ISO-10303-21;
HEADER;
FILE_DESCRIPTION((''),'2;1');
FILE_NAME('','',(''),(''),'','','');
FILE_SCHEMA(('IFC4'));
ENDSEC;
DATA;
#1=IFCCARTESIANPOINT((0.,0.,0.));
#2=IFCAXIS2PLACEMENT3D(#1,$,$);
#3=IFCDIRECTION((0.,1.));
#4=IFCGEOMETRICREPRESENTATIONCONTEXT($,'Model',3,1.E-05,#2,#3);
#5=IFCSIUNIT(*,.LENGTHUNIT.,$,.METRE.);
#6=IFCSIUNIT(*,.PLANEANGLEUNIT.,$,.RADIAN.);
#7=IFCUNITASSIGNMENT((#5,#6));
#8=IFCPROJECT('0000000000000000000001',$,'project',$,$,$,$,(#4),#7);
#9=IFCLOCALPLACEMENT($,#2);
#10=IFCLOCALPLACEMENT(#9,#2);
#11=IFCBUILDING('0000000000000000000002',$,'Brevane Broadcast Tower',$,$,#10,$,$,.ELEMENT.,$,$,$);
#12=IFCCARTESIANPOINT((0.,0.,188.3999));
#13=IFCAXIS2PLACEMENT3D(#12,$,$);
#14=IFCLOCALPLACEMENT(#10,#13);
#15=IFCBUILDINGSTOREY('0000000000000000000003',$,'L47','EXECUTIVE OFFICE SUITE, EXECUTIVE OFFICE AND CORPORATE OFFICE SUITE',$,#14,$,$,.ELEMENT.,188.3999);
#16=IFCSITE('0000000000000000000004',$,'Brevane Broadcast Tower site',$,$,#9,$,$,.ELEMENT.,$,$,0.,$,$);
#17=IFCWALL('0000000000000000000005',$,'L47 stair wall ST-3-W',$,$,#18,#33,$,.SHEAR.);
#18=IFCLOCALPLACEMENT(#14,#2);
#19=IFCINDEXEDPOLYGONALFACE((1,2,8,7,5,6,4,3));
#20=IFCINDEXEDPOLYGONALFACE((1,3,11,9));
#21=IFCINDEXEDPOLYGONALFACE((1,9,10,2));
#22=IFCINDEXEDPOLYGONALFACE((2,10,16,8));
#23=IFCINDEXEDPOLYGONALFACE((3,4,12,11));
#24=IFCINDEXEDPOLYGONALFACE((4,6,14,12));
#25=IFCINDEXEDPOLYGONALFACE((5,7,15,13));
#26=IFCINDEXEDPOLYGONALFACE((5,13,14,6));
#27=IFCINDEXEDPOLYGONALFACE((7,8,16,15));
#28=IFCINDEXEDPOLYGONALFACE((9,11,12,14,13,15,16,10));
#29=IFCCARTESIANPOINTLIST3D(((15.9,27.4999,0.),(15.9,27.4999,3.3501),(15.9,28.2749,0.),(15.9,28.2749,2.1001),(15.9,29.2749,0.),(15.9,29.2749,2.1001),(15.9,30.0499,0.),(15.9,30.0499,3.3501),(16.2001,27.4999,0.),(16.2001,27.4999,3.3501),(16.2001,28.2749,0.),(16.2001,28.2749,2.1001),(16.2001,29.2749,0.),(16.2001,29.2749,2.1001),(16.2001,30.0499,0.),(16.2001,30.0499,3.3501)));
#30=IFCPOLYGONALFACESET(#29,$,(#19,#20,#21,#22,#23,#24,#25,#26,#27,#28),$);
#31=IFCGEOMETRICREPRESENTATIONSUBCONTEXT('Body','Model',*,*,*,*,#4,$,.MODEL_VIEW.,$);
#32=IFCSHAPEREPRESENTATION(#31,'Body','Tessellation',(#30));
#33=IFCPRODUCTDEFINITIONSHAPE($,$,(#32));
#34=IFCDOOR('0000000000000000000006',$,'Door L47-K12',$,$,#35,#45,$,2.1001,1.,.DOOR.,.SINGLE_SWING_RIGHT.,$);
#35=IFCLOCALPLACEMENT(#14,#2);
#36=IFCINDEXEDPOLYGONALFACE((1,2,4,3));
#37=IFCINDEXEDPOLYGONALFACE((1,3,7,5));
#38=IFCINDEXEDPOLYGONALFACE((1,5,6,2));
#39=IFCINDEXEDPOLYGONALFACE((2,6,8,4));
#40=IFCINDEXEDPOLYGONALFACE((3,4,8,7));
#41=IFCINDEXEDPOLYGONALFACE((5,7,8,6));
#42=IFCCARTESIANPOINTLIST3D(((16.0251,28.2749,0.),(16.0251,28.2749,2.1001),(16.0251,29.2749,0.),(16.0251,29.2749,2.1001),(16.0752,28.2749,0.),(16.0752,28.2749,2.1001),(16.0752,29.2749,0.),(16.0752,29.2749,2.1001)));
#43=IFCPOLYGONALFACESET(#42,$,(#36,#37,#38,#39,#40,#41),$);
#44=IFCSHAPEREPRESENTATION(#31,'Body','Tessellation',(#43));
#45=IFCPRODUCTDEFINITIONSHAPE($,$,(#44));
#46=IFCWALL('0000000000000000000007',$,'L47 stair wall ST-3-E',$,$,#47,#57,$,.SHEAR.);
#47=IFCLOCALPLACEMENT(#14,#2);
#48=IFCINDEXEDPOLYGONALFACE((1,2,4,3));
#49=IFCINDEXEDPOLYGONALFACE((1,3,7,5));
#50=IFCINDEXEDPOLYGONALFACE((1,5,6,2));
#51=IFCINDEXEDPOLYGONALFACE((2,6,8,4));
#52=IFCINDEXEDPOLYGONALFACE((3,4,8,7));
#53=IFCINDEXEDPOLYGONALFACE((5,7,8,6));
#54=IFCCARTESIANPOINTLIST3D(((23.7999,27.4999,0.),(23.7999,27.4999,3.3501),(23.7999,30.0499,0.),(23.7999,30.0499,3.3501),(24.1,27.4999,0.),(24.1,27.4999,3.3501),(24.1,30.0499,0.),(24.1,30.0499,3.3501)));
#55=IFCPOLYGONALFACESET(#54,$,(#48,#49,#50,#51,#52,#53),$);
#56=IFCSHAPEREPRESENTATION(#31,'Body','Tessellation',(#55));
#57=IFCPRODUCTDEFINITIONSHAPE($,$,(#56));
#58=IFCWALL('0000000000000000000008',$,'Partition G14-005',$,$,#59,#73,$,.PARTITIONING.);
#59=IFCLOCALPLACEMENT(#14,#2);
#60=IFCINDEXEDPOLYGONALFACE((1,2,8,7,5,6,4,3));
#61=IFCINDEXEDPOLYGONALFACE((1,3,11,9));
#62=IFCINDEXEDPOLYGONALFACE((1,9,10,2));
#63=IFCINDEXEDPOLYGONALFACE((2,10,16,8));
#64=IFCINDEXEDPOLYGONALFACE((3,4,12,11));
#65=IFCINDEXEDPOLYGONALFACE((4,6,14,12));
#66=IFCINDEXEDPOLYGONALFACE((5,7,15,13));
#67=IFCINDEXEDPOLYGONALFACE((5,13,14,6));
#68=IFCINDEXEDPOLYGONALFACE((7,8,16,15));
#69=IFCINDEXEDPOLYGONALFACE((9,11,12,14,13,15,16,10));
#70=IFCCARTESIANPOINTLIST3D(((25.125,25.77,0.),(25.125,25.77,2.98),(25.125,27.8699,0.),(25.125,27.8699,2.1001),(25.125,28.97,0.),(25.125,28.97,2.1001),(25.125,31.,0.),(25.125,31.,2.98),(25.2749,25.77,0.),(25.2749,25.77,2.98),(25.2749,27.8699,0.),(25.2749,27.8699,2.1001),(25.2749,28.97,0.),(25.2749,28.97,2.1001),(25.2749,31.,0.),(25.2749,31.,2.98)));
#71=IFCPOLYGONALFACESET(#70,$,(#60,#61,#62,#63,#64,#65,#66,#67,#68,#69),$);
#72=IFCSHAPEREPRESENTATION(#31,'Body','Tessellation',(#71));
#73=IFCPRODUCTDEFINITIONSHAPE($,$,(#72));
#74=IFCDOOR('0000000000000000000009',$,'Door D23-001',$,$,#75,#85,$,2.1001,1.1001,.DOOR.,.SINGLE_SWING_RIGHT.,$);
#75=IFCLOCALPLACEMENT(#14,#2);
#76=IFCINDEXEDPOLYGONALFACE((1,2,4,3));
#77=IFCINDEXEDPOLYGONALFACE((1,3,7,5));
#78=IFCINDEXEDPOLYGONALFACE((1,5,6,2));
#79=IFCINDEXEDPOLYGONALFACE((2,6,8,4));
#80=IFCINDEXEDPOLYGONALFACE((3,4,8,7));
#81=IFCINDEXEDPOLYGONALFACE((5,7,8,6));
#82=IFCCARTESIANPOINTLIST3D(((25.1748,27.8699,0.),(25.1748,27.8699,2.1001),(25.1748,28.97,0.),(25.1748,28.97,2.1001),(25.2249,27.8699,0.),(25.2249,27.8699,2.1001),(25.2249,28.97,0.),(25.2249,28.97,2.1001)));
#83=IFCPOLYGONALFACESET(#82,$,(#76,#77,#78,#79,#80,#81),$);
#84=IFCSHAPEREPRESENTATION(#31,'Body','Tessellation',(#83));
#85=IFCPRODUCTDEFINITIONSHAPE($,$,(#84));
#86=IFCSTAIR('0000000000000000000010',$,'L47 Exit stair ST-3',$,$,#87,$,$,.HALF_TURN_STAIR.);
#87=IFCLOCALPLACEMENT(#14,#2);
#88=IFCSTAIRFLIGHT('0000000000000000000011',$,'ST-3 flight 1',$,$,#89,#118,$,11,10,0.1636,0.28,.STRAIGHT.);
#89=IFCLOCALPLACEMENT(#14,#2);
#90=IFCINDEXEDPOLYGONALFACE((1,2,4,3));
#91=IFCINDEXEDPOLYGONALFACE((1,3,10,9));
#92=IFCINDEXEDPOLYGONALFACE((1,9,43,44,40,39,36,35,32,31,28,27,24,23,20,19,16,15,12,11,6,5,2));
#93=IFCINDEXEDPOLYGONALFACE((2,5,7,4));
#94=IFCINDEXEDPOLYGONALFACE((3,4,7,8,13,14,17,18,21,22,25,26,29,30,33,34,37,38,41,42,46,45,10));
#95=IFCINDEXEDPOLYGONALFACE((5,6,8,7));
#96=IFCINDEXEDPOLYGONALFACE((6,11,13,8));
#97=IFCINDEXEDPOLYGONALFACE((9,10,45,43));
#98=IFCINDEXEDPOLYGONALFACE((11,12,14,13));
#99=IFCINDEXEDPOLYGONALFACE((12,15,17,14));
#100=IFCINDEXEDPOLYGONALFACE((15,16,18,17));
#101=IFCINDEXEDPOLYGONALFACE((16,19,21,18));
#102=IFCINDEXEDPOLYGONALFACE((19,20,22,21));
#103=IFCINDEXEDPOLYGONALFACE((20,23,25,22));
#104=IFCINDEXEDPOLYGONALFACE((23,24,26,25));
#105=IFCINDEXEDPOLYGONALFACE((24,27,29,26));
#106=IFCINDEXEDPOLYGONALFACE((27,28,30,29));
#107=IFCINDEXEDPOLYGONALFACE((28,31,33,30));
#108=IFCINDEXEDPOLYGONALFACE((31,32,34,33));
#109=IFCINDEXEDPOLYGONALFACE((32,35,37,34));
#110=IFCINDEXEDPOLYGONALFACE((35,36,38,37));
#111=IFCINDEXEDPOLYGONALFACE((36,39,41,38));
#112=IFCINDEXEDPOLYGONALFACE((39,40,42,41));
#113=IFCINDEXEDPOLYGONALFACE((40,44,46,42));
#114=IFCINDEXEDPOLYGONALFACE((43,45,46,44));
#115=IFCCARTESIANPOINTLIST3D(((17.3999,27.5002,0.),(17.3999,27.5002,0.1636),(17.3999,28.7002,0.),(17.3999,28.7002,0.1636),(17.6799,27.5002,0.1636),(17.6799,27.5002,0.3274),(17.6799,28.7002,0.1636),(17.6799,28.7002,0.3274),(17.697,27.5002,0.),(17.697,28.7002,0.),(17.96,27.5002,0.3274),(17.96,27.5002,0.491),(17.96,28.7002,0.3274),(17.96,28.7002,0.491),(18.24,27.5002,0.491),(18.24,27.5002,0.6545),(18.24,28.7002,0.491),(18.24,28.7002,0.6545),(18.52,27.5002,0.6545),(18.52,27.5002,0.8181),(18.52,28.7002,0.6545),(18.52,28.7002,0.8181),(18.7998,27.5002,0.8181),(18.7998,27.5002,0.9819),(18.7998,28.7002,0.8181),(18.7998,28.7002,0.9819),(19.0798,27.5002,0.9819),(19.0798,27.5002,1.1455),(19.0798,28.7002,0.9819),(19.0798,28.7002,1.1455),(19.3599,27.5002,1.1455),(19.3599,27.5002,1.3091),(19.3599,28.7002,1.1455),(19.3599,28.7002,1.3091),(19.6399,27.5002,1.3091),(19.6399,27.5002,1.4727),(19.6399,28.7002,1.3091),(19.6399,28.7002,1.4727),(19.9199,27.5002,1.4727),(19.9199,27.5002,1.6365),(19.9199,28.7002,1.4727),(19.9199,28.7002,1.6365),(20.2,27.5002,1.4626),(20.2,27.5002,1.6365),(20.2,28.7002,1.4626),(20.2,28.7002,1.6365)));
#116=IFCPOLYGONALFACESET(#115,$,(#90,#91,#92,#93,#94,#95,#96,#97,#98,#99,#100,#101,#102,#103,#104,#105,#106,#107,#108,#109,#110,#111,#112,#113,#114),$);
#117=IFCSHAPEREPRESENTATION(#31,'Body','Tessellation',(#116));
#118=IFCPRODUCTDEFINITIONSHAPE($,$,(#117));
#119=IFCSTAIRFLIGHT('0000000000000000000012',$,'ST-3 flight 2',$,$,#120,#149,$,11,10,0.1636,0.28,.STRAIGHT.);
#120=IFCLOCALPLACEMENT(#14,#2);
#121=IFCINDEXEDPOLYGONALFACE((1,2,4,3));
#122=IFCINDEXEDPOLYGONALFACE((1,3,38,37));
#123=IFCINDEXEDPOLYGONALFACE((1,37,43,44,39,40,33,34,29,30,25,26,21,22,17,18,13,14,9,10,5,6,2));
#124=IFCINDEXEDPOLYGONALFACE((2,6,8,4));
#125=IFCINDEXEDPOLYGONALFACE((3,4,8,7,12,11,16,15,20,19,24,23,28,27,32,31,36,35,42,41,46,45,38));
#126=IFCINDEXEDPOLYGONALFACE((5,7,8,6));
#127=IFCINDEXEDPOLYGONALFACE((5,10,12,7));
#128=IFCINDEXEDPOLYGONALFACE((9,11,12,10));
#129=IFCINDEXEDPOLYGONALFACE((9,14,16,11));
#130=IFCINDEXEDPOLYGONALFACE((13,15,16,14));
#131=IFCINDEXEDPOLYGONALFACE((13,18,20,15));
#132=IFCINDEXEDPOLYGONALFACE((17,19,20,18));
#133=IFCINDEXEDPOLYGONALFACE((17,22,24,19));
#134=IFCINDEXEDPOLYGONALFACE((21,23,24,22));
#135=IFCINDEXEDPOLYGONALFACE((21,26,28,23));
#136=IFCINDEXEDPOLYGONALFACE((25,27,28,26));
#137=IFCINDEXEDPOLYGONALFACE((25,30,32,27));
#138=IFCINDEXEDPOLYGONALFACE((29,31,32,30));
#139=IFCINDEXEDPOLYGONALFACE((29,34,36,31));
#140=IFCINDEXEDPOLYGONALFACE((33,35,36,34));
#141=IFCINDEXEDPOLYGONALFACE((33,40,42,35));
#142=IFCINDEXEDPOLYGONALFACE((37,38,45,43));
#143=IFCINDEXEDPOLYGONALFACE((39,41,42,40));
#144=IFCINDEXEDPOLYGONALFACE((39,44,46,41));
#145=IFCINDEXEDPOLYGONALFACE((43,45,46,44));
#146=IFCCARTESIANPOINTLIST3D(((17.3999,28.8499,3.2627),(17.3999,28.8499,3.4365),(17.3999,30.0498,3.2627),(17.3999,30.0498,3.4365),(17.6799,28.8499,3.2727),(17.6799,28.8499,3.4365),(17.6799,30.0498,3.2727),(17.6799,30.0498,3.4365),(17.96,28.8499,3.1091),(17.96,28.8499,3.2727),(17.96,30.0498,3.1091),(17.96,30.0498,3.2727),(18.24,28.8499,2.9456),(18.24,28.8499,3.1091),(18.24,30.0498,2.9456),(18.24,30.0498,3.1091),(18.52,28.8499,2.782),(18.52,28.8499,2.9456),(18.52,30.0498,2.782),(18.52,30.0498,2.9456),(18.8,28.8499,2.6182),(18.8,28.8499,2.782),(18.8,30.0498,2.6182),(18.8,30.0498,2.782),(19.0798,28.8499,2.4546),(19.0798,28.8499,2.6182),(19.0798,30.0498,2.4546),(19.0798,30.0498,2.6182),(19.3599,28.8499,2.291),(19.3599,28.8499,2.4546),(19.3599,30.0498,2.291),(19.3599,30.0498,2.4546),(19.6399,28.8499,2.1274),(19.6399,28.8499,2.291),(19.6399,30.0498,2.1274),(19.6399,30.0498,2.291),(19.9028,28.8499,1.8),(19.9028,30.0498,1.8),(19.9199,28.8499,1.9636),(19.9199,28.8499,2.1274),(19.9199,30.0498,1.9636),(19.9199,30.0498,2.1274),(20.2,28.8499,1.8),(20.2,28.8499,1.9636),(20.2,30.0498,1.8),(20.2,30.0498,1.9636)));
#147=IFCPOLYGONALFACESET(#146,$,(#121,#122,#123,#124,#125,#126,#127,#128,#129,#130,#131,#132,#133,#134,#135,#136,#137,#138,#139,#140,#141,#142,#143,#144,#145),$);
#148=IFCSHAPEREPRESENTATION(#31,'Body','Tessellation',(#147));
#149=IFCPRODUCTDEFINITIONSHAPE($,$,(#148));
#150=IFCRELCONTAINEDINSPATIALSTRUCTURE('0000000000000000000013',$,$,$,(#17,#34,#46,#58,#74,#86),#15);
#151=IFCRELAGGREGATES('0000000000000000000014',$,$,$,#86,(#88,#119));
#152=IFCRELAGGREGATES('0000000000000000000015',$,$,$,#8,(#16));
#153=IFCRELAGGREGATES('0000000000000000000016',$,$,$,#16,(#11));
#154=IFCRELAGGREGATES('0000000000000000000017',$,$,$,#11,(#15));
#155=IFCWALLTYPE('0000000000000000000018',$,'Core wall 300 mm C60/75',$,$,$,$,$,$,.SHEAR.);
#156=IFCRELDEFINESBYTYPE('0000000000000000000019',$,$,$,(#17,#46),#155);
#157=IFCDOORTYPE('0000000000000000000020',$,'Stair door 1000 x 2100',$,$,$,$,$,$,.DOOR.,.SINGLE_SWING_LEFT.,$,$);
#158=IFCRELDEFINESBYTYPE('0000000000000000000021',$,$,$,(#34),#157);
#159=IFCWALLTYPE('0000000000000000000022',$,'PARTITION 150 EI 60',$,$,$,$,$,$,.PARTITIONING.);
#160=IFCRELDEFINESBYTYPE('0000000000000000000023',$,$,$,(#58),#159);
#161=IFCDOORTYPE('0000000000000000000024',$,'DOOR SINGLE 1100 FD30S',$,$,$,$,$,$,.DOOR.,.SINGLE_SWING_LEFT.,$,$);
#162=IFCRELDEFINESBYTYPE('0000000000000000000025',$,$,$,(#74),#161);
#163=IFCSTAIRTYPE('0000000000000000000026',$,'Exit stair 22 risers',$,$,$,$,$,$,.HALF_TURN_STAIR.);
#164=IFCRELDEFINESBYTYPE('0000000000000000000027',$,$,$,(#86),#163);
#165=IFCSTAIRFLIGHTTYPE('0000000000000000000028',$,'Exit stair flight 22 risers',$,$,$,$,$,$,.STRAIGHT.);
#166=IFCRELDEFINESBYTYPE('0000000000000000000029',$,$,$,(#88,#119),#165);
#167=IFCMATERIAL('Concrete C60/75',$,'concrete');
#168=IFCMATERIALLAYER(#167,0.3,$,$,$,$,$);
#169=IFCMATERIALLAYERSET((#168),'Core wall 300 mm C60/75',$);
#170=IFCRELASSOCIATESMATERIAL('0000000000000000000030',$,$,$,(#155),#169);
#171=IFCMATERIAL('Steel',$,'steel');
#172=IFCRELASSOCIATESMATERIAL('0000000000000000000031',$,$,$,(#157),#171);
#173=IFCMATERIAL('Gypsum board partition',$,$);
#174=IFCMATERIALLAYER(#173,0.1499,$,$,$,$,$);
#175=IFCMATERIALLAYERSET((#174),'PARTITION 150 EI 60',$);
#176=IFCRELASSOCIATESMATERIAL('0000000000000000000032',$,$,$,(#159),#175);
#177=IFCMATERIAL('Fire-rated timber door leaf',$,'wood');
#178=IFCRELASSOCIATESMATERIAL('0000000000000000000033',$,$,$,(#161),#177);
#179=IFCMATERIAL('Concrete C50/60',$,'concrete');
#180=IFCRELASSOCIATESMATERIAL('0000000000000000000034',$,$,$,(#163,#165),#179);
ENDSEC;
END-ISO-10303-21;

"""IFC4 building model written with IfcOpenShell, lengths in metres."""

from ifc_helpers import new_model, si_unit, direction, frame, frame_2d, origin, place, context, subcontext, project, spatial, polyline, rectangle, outline, extrude, material, layer, layer_set, type_object, element, fill, aggregate, save


model = new_model("IFC4")

# Units and contexts
model_context = context("Model", 3, precision=1e-05, world=origin(), true_north=direction((0.0, 1.0)))
body_context = subcontext(model_context, "Body", "Model", "MODEL_VIEW")
ifc_project = project(units=[si_unit("LENGTHUNIT", "METRE"), si_unit("PLANEANGLEUNIT", "RADIAN")], contexts=[model_context])

# Site, building, storey
site_placement = place(None, origin())
site = spatial("IfcSite", under=ifc_project, at=site_placement, Name="Brevane Broadcast Tower site", CompositionType="ELEMENT", RefElevation=0.0)
building_placement = place(site_placement, origin())
building = spatial("IfcBuilding", under=site, at=building_placement, Name="Brevane Broadcast Tower", CompositionType="ELEMENT")
storey_placement = place(building_placement, frame((0.0, 0.0, 188.3999)))
storey = spatial("IfcBuildingStorey", under=building, at=storey_placement, Name="L47", Description="EXECUTIVE OFFICE SUITE, EXECUTIVE OFFICE AND CORPORATE OFFICE SUITE", CompositionType="ELEMENT", Elevation=188.3999)

# Shared definitions
ifc_material_1 = material(Name="Concrete C60/75", Category="concrete")

# Wall, opening, door
ifc_layer_1 = layer(ifc_material_1, 0.3)
ifc_layer_set_1 = layer_set([ifc_layer_1], Name="Core wall 300 mm C60/75")
wall_type_1 = type_object("IfcWallType", Name="Core wall 300 mm C60/75", PredefinedType="SHEAR", material=ifc_layer_set_1)
wall_1_placement = place(storey_placement, frame((16.05, 27.5, 0.0), z_axis=(0.0, 0.0, 1.0), x_axis=(0.0, 1.0, 0.0)))
wall_1 = element("IfcWall", 1, at=wall_1_placement, inside=storey, type_object=wall_type_1, Name="L47 stair wall ST-3-W", PredefinedType="SHEAR", context=body_context, shape_type="SweptSolid", body=[
    extrude(rectangle(XDim=2.55, YDim=0.3, at=frame_2d((1.2749, 0.0))), origin(), (0.0, 0.0, 1.0), 3.3501),
])
opening_1_placement = place(wall_1_placement, frame((0.7749, 0.0, 0.0)))
opening_1 = element("IfcOpeningElement", 2, at=opening_1_placement, cuts=wall_1, PredefinedType="OPENING", context=body_context, shape_type="SweptSolid", body=[
    extrude(rectangle(XDim=1.0, YDim=2.1001, at=frame_2d((0.5, 1.05))), frame((0.0, 0.1599, 0.0), z_axis=(0.0, -1.0, 0.0), x_axis=(1.0, 0.0, 0.0)), (0.0, 0.0, 1.0), 0.3201),
])
ifc_material_2 = material(Name="Steel", Category="steel")
door_type_1 = type_object("IfcDoorType", Name="Stair door 1000 x 2100", OperationType="SINGLE_SWING_LEFT", PredefinedType="DOOR", material=ifc_material_2)
door_1_placement = place(opening_1_placement, origin())
door_1 = element("IfcDoor", 3, at=door_1_placement, inside=storey, type_object=door_type_1, Name="Door L47-K12", OperationType="SINGLE_SWING_RIGHT", OverallHeight=2.1001, OverallWidth=1.0, PredefinedType="DOOR", context=body_context, shape_type="SweptSolid", body=[
    extrude(rectangle(XDim=1.0, YDim=2.1001, at=frame_2d((0.5, 1.05))), frame((0.0, 0.0249, 0.0), z_axis=(0.0, -1.0, 0.0), x_axis=(1.0, 0.0, 0.0)), (0.0, 0.0, 1.0), 0.05),
])
fill(opening_1, door_1)

# Wall
wall_2_placement = place(storey_placement, frame((23.95, 27.5, 0.0), z_axis=(0.0, 0.0, 1.0), x_axis=(0.0, 1.0, 0.0)))
element("IfcWall", 4, at=wall_2_placement, inside=storey, type_object=wall_type_1, Name="L47 stair wall ST-3-E", PredefinedType="SHEAR", context=body_context, shape_type="SweptSolid", body=[
    extrude(rectangle(XDim=2.55, YDim=0.3, at=frame_2d((1.2749, 0.0))), origin(), (0.0, 0.0, 1.0), 3.3501),
])

# Wall, opening, door
ifc_material_3 = material(Name="Gypsum board partition")
ifc_layer_2 = layer(ifc_material_3, 0.1499)
ifc_layer_set_2 = layer_set([ifc_layer_2], Name="PARTITION 150 EI 60")
wall_type_2 = type_object("IfcWallType", Name="PARTITION 150 EI 60", PredefinedType="PARTITIONING", material=ifc_layer_set_2)
wall_3_placement = place(storey_placement, frame((25.2, 31.0, 0.0), z_axis=(0.0, 0.0, 1.0), x_axis=(0.0, -1.0, 0.0)))
wall_3 = element("IfcWall", 5, at=wall_3_placement, inside=storey, type_object=wall_type_2, Name="Partition G14-005", PredefinedType="PARTITIONING", context=body_context, shape_type="SweptSolid", body=[
    extrude(outline(polyline([(0.0, 0.0), (5.23, 0.0), (5.23, 2.98), (0.0, 2.98), (0.0, 0.0)])), frame((0.0, 0.075, 0.0), z_axis=(0.0, -1.0, 0.0), x_axis=(1.0, 0.0, 0.0)), (0.0, 0.0, 1.0), 0.1499),
])
opening_2_placement = place(wall_3_placement, frame((2.03, 0.0, 0.0)))
opening_2 = element("IfcOpeningElement", 6, at=opening_2_placement, cuts=wall_3, PredefinedType="OPENING", context=body_context, shape_type="SweptSolid", body=[
    extrude(rectangle(XDim=1.1001, YDim=2.1001, at=frame_2d((0.55, 1.05))), frame((0.0, 0.085, 0.0), z_axis=(0.0, -1.0, 0.0), x_axis=(1.0, 0.0, 0.0)), (0.0, 0.0, 1.0), 0.1699),
])
ifc_material_4 = material(Name="Fire-rated timber door leaf", Category="wood")
door_type_2 = type_object("IfcDoorType", Name="DOOR SINGLE 1100 FD30S", OperationType="SINGLE_SWING_LEFT", PredefinedType="DOOR", material=ifc_material_4)
door_2_placement = place(opening_2_placement, origin())
door_2 = element("IfcDoor", 7, at=door_2_placement, inside=storey, type_object=door_type_2, Name="Door D23-001", OperationType="SINGLE_SWING_RIGHT", OverallHeight=2.1001, OverallWidth=1.1001, PredefinedType="DOOR", context=body_context, shape_type="SweptSolid", body=[
    extrude(rectangle(XDim=1.1001, YDim=2.1001, at=frame_2d((0.55, 1.05))), frame((0.0, 0.0249, 0.0), z_axis=(0.0, -1.0, 0.0), x_axis=(1.0, 0.0, 0.0)), (0.0, 0.0, 1.0), 0.05),
])
fill(opening_2, door_2)

# Stair, stair flights
ifc_material_5 = material(Name="Concrete C50/60", Category="concrete")
stair_type = type_object("IfcStairType", Name="Exit stair 22 risers", PredefinedType="HALF_TURN_STAIR", material=ifc_material_5)
stair_placement = place(storey_placement, origin())
stair = element("IfcStair", 8, at=stair_placement, inside=storey, type_object=stair_type, Name="L47 Exit stair ST-3", PredefinedType="HALF_TURN_STAIR")
stair_flight_type = type_object("IfcStairFlightType", Name="Exit stair flight 22 risers", PredefinedType="STRAIGHT", material=ifc_material_5)
stair_flight_1_placement = place(storey_placement, frame((17.3999, 28.1001, 0.0), z_axis=(0.0, 0.0, 1.0), x_axis=(1.0, 0.0, 0.0)))
stair_flight_1 = element("IfcStairFlight", 9, at=stair_flight_1_placement, type_object=stair_flight_type, Name="ST-3 flight 1", NumberOfRisers=11, NumberOfTreads=10, PredefinedType="STRAIGHT", RiserHeight=0.1636, TreadLength=0.28, context=body_context, shape_type="SweptSolid", body=[
    extrude(outline(polyline([(0.0, 0.0), (0.0, 0.1636), (0.28, 0.1636), (0.28, 0.3274), (0.5601, 0.3274), (0.5601, 0.491), (0.8401, 0.491), (0.8401, 0.6545), (1.1201, 0.6545), (1.1201, 0.8181), (1.3999, 0.8181), (1.3999, 0.9819), (1.6799, 0.9819), (1.6799, 1.1455), (1.96, 1.1455), (1.96, 1.3091), (2.24, 1.3091), (2.24, 1.4727), (2.52, 1.4727), (2.52, 1.6365), (2.8, 1.6365), (2.8, 1.8), (2.8, 1.4626), (0.2971, 0.0), (0.0, 0.0)])), frame((0.0, 0.6001, 0.0), z_axis=(0.0, -1.0, 0.0), x_axis=(1.0, 0.0, 0.0)), (0.0, 0.0, 1.0), 1.2),
])
stair_flight_2_placement = place(storey_placement, frame((20.2, 29.45, 1.8), z_axis=(0.0, 0.0, 1.0), x_axis=(-1.0, 0.0, 0.0)))
stair_flight_2 = element("IfcStairFlight", 10, at=stair_flight_2_placement, type_object=stair_flight_type, Name="ST-3 flight 2", NumberOfRisers=11, NumberOfTreads=10, PredefinedType="STRAIGHT", RiserHeight=0.1636, TreadLength=0.28, context=body_context, shape_type="SweptSolid", body=[
    extrude(outline(polyline([(0.0, 0.0), (0.0, 0.1636), (0.28, 0.1636), (0.28, 0.3274), (0.5601, 0.3274), (0.5601, 0.491), (0.8401, 0.491), (0.8401, 0.6545), (1.1201, 0.6545), (1.1201, 0.8181), (1.3999, 0.8181), (1.3999, 0.9819), (1.6799, 0.9819), (1.6799, 1.1455), (1.96, 1.1455), (1.96, 1.3091), (2.24, 1.3091), (2.24, 1.4727), (2.52, 1.4727), (2.52, 1.6365), (2.8, 1.6365), (2.8, 1.8), (2.8, 1.4626), (0.2971, 0.0), (0.0, 0.0)])), frame((0.0, 0.6001, 0.0), z_axis=(0.0, -1.0, 0.0), x_axis=(1.0, 0.0, 0.0)), (0.0, 0.0, 1.0), 1.2),
])
aggregate(stair, [stair_flight_1, stair_flight_2])

save(model, "model.ifc")
